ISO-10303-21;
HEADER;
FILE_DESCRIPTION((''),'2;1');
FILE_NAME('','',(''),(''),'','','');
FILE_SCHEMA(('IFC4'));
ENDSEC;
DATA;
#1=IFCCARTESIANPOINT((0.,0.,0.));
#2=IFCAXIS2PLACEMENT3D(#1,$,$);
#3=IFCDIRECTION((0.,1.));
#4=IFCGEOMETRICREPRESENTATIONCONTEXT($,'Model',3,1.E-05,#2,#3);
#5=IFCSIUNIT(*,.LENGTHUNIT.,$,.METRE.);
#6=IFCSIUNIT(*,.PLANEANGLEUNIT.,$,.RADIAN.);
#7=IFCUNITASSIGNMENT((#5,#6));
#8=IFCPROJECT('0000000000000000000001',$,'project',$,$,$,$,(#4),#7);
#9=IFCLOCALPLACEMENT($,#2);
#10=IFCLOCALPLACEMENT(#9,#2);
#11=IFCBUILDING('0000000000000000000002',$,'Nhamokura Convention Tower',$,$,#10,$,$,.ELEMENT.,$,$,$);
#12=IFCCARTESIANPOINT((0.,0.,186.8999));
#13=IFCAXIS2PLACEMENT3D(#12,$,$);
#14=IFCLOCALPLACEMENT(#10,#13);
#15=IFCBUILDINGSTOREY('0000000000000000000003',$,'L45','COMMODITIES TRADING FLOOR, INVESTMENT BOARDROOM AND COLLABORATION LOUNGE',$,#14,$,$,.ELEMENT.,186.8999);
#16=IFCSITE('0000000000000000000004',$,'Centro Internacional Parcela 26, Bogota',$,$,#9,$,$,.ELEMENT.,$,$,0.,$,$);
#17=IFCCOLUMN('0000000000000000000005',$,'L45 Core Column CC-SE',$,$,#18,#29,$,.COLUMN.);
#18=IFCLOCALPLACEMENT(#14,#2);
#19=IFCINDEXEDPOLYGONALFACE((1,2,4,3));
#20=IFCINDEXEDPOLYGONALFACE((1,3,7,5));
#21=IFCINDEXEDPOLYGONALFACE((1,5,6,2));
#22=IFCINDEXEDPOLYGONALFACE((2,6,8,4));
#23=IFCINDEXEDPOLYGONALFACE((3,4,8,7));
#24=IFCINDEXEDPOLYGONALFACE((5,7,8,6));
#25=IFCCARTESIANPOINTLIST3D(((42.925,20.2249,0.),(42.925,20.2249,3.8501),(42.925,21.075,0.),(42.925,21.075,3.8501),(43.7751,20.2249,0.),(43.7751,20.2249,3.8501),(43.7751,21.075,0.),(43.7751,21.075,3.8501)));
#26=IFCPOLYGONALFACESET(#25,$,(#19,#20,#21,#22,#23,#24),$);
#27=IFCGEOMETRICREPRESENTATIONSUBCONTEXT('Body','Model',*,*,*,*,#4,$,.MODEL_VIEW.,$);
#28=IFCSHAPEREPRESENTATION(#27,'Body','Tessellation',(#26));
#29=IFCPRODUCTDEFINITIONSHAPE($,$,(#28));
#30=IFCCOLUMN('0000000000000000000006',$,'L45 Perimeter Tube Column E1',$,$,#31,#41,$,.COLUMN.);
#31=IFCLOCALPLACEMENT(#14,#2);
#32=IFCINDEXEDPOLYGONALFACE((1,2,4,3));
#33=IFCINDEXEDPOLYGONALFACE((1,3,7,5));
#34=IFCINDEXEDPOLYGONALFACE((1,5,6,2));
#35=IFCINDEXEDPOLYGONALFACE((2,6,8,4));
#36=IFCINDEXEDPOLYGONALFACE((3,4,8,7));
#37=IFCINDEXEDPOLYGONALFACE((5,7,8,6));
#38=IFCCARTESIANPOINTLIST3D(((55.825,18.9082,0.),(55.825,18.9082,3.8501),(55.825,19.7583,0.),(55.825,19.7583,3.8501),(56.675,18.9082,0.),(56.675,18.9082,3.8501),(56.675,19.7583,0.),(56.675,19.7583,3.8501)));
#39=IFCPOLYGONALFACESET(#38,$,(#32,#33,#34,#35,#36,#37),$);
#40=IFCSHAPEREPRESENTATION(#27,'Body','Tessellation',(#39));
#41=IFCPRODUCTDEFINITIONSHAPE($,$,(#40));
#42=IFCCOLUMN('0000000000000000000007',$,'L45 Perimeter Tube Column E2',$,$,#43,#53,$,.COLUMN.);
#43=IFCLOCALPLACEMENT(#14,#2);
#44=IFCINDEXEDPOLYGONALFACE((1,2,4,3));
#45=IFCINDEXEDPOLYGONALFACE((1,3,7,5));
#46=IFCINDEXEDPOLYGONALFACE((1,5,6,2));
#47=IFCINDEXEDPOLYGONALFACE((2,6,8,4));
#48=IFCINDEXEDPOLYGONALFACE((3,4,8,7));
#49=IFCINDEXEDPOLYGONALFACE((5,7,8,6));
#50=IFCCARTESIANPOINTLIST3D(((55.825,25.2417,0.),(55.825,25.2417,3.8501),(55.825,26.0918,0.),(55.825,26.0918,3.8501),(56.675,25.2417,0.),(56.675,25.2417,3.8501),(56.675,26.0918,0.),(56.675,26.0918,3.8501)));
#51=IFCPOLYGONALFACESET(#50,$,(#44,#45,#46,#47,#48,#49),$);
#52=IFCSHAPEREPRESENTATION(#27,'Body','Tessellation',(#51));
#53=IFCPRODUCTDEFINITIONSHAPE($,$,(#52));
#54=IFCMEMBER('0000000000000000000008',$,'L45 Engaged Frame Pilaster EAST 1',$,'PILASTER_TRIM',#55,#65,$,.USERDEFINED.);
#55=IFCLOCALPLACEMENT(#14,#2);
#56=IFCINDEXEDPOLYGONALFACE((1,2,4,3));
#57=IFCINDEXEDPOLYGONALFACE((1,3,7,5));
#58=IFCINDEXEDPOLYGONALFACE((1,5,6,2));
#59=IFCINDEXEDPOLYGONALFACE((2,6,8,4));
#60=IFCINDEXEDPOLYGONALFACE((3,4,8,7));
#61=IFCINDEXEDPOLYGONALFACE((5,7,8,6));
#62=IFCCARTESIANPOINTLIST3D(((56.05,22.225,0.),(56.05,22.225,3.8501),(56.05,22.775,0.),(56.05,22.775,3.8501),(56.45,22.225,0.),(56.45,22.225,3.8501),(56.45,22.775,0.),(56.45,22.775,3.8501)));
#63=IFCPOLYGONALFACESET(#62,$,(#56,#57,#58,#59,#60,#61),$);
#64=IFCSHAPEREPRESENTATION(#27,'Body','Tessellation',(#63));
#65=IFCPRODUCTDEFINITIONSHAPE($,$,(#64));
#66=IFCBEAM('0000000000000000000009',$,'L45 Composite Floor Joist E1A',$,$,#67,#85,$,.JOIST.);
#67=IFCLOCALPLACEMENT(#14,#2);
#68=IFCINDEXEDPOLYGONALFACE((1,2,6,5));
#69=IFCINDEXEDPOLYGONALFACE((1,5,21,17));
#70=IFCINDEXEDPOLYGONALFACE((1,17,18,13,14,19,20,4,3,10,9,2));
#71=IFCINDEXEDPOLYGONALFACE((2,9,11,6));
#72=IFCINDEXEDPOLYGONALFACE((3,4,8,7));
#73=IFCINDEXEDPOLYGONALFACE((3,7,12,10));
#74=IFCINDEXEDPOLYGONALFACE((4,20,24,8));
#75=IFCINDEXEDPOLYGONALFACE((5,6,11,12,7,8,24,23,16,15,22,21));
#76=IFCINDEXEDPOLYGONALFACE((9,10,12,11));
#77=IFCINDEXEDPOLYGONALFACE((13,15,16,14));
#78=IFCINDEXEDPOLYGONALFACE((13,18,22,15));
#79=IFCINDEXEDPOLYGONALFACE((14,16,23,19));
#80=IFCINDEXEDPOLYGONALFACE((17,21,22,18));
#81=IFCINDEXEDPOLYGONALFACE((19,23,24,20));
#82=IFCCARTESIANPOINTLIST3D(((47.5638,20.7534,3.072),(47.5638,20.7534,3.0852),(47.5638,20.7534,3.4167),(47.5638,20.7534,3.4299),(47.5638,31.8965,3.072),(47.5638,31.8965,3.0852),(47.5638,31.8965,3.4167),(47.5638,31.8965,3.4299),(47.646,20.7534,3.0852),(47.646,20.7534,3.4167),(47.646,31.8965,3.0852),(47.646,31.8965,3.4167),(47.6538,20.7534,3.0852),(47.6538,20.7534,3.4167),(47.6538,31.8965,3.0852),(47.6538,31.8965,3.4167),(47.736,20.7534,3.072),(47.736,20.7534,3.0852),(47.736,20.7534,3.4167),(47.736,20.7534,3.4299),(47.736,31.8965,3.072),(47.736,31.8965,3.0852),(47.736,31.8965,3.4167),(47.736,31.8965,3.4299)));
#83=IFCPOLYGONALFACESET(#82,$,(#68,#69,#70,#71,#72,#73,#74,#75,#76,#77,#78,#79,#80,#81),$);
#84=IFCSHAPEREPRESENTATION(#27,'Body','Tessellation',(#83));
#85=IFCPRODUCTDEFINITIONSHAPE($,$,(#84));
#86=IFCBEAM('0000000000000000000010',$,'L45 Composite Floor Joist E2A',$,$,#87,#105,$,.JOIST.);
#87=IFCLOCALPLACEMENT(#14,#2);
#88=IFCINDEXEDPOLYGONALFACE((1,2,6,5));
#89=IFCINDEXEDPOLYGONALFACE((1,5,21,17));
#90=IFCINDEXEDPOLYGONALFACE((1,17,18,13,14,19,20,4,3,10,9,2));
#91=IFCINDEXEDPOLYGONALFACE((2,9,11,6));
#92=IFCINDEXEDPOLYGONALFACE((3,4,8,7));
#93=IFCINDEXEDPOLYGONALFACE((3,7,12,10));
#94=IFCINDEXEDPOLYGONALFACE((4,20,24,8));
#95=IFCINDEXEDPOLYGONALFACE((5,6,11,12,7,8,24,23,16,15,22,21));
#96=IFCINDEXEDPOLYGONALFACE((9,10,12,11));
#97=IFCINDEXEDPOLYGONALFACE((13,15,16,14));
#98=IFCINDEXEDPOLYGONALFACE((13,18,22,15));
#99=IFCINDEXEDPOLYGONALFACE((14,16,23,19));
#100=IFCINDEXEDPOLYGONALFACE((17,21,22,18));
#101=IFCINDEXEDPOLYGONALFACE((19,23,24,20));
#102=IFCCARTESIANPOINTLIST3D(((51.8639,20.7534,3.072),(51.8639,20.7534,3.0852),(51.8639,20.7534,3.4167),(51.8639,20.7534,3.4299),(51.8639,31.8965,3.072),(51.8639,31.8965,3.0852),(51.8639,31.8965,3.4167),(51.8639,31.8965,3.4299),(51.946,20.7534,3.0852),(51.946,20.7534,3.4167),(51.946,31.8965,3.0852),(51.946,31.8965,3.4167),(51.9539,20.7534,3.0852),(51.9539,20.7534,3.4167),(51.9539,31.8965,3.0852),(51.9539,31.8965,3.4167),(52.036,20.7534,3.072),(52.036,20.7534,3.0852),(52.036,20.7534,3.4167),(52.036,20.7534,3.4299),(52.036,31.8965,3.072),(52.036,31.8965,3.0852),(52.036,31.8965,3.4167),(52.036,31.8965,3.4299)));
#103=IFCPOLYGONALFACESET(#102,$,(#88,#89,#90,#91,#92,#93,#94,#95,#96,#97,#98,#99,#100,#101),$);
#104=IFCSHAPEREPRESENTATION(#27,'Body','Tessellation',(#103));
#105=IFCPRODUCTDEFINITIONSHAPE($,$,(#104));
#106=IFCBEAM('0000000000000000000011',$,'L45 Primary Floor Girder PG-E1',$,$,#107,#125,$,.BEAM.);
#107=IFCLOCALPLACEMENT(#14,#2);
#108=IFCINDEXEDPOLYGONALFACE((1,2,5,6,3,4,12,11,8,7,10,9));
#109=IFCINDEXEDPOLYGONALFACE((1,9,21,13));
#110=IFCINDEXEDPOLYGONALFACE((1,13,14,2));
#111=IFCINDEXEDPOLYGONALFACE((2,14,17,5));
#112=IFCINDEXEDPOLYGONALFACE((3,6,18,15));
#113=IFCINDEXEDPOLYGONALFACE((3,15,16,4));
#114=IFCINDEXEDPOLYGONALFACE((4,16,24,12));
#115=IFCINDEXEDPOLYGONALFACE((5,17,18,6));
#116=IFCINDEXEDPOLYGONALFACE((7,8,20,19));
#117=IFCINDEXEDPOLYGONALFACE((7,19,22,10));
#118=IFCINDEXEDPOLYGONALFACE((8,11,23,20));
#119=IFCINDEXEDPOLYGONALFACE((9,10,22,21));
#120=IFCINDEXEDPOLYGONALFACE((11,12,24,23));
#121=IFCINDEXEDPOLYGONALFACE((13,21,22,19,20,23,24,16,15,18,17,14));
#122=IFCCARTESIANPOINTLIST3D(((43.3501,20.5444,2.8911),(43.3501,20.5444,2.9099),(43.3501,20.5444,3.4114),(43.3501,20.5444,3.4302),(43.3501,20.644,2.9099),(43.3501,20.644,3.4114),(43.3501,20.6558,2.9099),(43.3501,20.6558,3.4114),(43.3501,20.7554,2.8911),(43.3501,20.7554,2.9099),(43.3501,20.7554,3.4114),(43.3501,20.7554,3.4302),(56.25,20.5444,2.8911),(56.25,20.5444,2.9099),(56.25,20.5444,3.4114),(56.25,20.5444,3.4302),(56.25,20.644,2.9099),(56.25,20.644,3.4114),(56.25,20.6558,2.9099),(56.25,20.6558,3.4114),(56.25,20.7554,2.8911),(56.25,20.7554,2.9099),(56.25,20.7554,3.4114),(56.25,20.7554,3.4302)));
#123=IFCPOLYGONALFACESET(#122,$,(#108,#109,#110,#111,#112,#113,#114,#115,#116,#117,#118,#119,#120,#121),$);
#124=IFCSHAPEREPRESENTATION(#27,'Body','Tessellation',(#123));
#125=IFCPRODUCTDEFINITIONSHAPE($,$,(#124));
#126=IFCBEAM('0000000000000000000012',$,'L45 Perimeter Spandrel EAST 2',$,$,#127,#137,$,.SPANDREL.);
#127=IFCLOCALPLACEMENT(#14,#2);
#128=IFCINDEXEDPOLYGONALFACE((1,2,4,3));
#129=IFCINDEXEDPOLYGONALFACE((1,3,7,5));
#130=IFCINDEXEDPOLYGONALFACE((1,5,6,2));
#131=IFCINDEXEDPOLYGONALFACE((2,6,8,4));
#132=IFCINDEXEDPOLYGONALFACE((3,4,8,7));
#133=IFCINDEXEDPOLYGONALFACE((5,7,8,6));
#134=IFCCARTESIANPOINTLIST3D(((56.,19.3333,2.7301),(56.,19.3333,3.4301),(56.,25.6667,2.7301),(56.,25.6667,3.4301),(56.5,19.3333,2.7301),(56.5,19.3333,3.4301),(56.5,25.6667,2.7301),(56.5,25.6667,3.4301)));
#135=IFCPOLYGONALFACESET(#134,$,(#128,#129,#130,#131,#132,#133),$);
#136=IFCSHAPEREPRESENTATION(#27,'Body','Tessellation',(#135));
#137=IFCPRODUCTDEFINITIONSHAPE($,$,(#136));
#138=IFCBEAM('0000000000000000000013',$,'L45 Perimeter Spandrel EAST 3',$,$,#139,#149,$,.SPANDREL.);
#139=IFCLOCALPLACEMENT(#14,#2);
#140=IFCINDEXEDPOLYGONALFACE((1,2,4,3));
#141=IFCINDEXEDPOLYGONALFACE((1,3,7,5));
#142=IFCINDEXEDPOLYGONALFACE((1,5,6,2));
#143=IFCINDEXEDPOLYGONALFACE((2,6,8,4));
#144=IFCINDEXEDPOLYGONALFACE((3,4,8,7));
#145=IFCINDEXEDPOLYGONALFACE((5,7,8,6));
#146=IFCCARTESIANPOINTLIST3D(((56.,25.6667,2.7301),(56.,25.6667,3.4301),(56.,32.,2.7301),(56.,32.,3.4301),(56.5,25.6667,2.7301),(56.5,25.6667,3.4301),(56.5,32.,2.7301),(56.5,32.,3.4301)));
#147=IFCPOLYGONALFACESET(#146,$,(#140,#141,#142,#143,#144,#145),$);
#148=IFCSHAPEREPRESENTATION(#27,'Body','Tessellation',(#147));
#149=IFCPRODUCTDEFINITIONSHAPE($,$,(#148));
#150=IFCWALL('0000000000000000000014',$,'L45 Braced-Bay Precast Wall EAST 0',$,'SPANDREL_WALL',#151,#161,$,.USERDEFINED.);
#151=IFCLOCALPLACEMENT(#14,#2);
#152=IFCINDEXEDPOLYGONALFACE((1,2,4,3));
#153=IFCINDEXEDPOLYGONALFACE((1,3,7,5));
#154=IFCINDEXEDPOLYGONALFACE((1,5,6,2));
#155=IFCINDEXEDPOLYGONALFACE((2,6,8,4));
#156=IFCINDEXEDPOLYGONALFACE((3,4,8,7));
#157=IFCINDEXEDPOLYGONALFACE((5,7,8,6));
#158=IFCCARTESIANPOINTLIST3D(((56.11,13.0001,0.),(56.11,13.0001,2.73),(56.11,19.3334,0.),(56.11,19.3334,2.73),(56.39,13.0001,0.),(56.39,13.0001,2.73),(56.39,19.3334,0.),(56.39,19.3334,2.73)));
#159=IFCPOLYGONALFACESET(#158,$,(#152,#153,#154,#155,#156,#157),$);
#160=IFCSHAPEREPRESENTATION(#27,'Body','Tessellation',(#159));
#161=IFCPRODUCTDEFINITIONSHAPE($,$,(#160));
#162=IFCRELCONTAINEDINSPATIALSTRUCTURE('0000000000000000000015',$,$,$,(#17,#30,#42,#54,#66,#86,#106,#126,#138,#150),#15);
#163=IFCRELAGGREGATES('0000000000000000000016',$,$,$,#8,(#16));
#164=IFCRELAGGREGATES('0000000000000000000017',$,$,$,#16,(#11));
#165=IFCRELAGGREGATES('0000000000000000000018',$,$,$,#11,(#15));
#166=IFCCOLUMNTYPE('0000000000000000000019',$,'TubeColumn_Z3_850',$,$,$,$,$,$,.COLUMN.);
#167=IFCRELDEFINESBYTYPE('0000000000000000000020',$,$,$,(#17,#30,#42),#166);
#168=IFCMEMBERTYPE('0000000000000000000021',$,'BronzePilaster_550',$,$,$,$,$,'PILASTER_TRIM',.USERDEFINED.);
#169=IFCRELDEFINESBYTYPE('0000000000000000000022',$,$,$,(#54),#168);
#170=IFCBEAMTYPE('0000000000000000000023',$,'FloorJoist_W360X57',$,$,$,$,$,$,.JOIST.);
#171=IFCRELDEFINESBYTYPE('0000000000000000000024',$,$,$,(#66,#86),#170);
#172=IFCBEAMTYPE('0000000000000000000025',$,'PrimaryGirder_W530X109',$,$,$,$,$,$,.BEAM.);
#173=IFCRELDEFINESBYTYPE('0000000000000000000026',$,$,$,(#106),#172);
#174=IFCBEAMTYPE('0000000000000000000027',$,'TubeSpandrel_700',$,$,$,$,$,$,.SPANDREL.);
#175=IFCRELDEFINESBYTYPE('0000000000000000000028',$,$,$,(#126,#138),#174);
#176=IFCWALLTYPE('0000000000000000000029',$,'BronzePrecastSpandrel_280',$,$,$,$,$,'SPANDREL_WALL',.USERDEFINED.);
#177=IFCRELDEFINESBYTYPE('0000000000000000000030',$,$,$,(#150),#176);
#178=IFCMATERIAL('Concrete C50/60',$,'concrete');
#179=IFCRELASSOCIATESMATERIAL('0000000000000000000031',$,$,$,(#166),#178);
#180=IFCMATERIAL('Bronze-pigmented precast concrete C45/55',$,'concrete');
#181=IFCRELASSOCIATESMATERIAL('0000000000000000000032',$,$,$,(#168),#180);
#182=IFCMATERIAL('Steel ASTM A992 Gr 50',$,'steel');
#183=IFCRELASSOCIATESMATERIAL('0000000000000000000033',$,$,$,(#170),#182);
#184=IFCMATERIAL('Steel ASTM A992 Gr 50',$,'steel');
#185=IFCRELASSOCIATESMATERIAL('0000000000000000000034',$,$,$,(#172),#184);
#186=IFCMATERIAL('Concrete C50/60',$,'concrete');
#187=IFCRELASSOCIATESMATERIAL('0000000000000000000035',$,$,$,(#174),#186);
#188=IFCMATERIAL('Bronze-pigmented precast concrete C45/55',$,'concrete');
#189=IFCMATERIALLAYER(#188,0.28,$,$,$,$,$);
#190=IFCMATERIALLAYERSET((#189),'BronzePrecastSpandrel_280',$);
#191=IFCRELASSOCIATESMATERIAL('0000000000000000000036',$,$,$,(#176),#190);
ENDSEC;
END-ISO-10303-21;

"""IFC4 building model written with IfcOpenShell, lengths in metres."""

from ifc_helpers import new_model, si_unit, direction, frame, frame_2d, origin, origin_2d, place, context, subcontext, project, spatial, rectangle, i_section, extrude, material, layer, layer_set, material_profile, profile_set, type_object, element, save


model = new_model("IFC4")

# Units and contexts
model_context = context("Model", 3, precision=1e-05, world=origin(), true_north=direction((0.0, 1.0)))
body_context = subcontext(model_context, "Body", "Model", "MODEL_VIEW")
ifc_project = project(units=[si_unit("LENGTHUNIT", "METRE"), si_unit("PLANEANGLEUNIT", "RADIAN")], contexts=[model_context])

# Site, building, storey
site_placement = place(None, origin())
site = spatial("IfcSite", under=ifc_project, at=site_placement, Name="Centro Internacional Parcela 26, Bogota", CompositionType="ELEMENT", RefElevation=0.0)
building_placement = place(site_placement, origin())
building = spatial("IfcBuilding", under=site, at=building_placement, Name="Nhamokura Convention Tower", CompositionType="ELEMENT")
storey_placement = place(building_placement, frame((0.0, 0.0, 186.8999)))
storey = spatial("IfcBuildingStorey", under=building, at=storey_placement, Name="L45", Description="COMMODITIES TRADING FLOOR, INVESTMENT BOARDROOM AND COLLABORATION LOUNGE", CompositionType="ELEMENT", Elevation=186.8999)

# Columns
ifc_material_1 = material(Name="Concrete C50/60", Category="concrete")
ifc_material_profile_1 = material_profile(ifc_material_1, rectangle(XDim=0.8501, YDim=0.8501, at=origin_2d()))
ifc_profile_set_1 = profile_set([ifc_material_profile_1], Name="Concrete C50/60")
column_type = type_object("IfcColumnType", Name="TubeColumn_Z3_850", PredefinedType="COLUMN", material=ifc_profile_set_1)
for number, where, z_axis, x_axis, name in (
    (1, (43.3501, 20.6499, 0.0), (0.0, 0.0, 1.0), (1.0, 0.0, 0.0), "L45 Core Column CC-SE"),
    (2, (56.25, 19.3333, 0.0), (0.0, 0.0, 1.0), (1.0, 0.0, 0.0), "L45 Perimeter Tube Column E1"),
    (3, (56.25, 25.6667, 0.0), (0.0, 0.0, 1.0), (1.0, 0.0, 0.0), "L45 Perimeter Tube Column E2"),
):
    element("IfcColumn", number, at=place(storey_placement, frame(where, z_axis=z_axis, x_axis=x_axis)), inside=storey, type_object=column_type, Name=name, PredefinedType="COLUMN", context=body_context, shape_type="SweptSolid", body=[
        extrude(rectangle(XDim=0.8501, YDim=0.8501, at=origin_2d()), origin(), (0.0, 0.0, 1.0), 3.8501),
    ])

# Member
ifc_material_2 = material(Name="Bronze-pigmented precast concrete C45/55", Category="concrete")
ifc_material_profile_2 = material_profile(ifc_material_2, rectangle(XDim=0.3999, YDim=0.55, at=origin_2d()))
ifc_profile_set_2 = profile_set([ifc_material_profile_2], Name="Bronze-pigmented precast concrete C45/55")
member_type = type_object("IfcMemberType", Name="BronzePilaster_550", ElementType="PILASTER_TRIM", PredefinedType="USERDEFINED", material=ifc_profile_set_2)
member_placement = place(storey_placement, frame((56.25, 22.5, 0.0), z_axis=(0.0, 0.0, 1.0), x_axis=(1.0, 0.0, 0.0)))
element("IfcMember", 4, at=member_placement, inside=storey, type_object=member_type, Name="L45 Engaged Frame Pilaster EAST 1", ObjectType="PILASTER_TRIM", PredefinedType="USERDEFINED", context=body_context, shape_type="SweptSolid", body=[
    extrude(rectangle(XDim=0.3999, YDim=0.55, at=origin_2d()), origin(), (0.0, 0.0, 1.0), 3.8501),
])

# Beams
ifc_material_3 = material(Name="Steel ASTM A992 Gr 50", Category="steel")
ifc_material_profile_3 = material_profile(ifc_material_3, i_section(OverallWidth=0.1721, OverallDepth=0.3579, WebThickness=0.0078, FlangeThickness=0.0132, at=origin_2d()))
ifc_profile_set_3 = profile_set([ifc_material_profile_3], Name="Steel ASTM A992 Gr 50")
beam_type_1 = type_object("IfcBeamType", Name="FloorJoist_W360X57", PredefinedType="JOIST", material=ifc_profile_set_3)
for number, where, z_axis, x_axis, name in (
    (5, (47.6499, 20.7534, 3.251), (0.0, 1.0, 0.0), (-1.0, 0.0, 0.0), "L45 Composite Floor Joist E1A"),
    (6, (51.95, 20.7534, 3.251), (0.0, 1.0, 0.0), (-1.0, 0.0, 0.0), "L45 Composite Floor Joist E2A"),
):
    element("IfcBeam", number, at=place(storey_placement, frame(where, z_axis=z_axis, x_axis=x_axis)), inside=storey, type_object=beam_type_1, Name=name, PredefinedType="JOIST", context=body_context, shape_type="SweptSolid", body=[
        extrude(i_section(OverallWidth=0.1721, OverallDepth=0.3579, WebThickness=0.0078, FlangeThickness=0.0132, at=origin_2d()), origin(), (0.0, 0.0, 1.0), 11.1431),
    ])
ifc_material_4 = material(Name="Steel ASTM A992 Gr 50", Category="steel")
ifc_material_profile_4 = material_profile(ifc_material_4, i_section(OverallWidth=0.2109, OverallDepth=0.5391, WebThickness=0.0117, FlangeThickness=0.0188, at=origin_2d()))
ifc_profile_set_4 = profile_set([ifc_material_profile_4], Name="Steel ASTM A992 Gr 50")
beam_type_2 = type_object("IfcBeamType", Name="PrimaryGirder_W530X109", PredefinedType="BEAM", material=ifc_profile_set_4)
beam_1_placement = place(storey_placement, frame((43.3501, 20.6499, 3.1606), z_axis=(1.0, 0.0, 0.0), x_axis=(0.0, 1.0, 0.0)))
element("IfcBeam", 7, at=beam_1_placement, inside=storey, type_object=beam_type_2, Name="L45 Primary Floor Girder PG-E1", PredefinedType="BEAM", context=body_context, shape_type="SweptSolid", body=[
    extrude(i_section(OverallWidth=0.2109, OverallDepth=0.5391, WebThickness=0.0117, FlangeThickness=0.0188, at=origin_2d()), origin(), (0.0, 0.0, 1.0), 12.8999),
])
ifc_material_5 = material(Name="Concrete C50/60", Category="concrete")
ifc_material_profile_5 = material_profile(ifc_material_5, rectangle(XDim=0.5, YDim=0.7, at=origin_2d()))
ifc_profile_set_5 = profile_set([ifc_material_profile_5], Name="Concrete C50/60")
beam_type_3 = type_object("IfcBeamType", Name="TubeSpandrel_700", PredefinedType="SPANDREL", material=ifc_profile_set_5)
beam_2_placement = place(storey_placement, frame((56.25, 19.3333, 3.0801), z_axis=(0.0, 1.0, 0.0), x_axis=(-1.0, 0.0, 0.0)))
element("IfcBeam", 8, at=beam_2_placement, inside=storey, type_object=beam_type_3, Name="L45 Perimeter Spandrel EAST 2", PredefinedType="SPANDREL", context=body_context, shape_type="SweptSolid", body=[
    extrude(rectangle(XDim=0.5, YDim=0.7, at=origin_2d()), origin(), (0.0, 0.0, 1.0), 6.3335),
])
beam_3_placement = place(storey_placement, frame((56.25, 25.6667, 3.0801), z_axis=(0.0, 1.0, 0.0), x_axis=(-1.0, 0.0, 0.0)))
element("IfcBeam", 9, at=beam_3_placement, inside=storey, type_object=beam_type_3, Name="L45 Perimeter Spandrel EAST 3", PredefinedType="SPANDREL", context=body_context, shape_type="SweptSolid", body=[
    extrude(rectangle(XDim=0.5, YDim=0.7, at=origin_2d()), origin(), (0.0, 0.0, 1.0), 6.3333),
])

# Wall
ifc_material_6 = material(Name="Bronze-pigmented precast concrete C45/55", Category="concrete")
ifc_layer_1 = layer(ifc_material_6, 0.28)
ifc_layer_set_1 = layer_set([ifc_layer_1], Name="BronzePrecastSpandrel_280")
wall_type_1 = type_object("IfcWallType", Name="BronzePrecastSpandrel_280", ElementType="SPANDREL_WALL", PredefinedType="USERDEFINED", material=ifc_layer_set_1)
wall_1_placement = place(storey_placement, frame((56.25, 19.3333, 0.0), z_axis=(0.0, 0.0, 1.0), x_axis=(0.0, -1.0, 0.0)))
element("IfcWall", 10, at=wall_1_placement, inside=storey, type_object=wall_type_1, Name="L45 Braced-Bay Precast Wall EAST 0", ObjectType="SPANDREL_WALL", PredefinedType="USERDEFINED", context=body_context, shape_type="SweptSolid", body=[
    extrude(rectangle(XDim=6.3333, YDim=0.28, at=frame_2d((3.1665, 0.0))), origin(), (0.0, 0.0, 1.0), 2.73),
])

save(model, "model.ifc")
